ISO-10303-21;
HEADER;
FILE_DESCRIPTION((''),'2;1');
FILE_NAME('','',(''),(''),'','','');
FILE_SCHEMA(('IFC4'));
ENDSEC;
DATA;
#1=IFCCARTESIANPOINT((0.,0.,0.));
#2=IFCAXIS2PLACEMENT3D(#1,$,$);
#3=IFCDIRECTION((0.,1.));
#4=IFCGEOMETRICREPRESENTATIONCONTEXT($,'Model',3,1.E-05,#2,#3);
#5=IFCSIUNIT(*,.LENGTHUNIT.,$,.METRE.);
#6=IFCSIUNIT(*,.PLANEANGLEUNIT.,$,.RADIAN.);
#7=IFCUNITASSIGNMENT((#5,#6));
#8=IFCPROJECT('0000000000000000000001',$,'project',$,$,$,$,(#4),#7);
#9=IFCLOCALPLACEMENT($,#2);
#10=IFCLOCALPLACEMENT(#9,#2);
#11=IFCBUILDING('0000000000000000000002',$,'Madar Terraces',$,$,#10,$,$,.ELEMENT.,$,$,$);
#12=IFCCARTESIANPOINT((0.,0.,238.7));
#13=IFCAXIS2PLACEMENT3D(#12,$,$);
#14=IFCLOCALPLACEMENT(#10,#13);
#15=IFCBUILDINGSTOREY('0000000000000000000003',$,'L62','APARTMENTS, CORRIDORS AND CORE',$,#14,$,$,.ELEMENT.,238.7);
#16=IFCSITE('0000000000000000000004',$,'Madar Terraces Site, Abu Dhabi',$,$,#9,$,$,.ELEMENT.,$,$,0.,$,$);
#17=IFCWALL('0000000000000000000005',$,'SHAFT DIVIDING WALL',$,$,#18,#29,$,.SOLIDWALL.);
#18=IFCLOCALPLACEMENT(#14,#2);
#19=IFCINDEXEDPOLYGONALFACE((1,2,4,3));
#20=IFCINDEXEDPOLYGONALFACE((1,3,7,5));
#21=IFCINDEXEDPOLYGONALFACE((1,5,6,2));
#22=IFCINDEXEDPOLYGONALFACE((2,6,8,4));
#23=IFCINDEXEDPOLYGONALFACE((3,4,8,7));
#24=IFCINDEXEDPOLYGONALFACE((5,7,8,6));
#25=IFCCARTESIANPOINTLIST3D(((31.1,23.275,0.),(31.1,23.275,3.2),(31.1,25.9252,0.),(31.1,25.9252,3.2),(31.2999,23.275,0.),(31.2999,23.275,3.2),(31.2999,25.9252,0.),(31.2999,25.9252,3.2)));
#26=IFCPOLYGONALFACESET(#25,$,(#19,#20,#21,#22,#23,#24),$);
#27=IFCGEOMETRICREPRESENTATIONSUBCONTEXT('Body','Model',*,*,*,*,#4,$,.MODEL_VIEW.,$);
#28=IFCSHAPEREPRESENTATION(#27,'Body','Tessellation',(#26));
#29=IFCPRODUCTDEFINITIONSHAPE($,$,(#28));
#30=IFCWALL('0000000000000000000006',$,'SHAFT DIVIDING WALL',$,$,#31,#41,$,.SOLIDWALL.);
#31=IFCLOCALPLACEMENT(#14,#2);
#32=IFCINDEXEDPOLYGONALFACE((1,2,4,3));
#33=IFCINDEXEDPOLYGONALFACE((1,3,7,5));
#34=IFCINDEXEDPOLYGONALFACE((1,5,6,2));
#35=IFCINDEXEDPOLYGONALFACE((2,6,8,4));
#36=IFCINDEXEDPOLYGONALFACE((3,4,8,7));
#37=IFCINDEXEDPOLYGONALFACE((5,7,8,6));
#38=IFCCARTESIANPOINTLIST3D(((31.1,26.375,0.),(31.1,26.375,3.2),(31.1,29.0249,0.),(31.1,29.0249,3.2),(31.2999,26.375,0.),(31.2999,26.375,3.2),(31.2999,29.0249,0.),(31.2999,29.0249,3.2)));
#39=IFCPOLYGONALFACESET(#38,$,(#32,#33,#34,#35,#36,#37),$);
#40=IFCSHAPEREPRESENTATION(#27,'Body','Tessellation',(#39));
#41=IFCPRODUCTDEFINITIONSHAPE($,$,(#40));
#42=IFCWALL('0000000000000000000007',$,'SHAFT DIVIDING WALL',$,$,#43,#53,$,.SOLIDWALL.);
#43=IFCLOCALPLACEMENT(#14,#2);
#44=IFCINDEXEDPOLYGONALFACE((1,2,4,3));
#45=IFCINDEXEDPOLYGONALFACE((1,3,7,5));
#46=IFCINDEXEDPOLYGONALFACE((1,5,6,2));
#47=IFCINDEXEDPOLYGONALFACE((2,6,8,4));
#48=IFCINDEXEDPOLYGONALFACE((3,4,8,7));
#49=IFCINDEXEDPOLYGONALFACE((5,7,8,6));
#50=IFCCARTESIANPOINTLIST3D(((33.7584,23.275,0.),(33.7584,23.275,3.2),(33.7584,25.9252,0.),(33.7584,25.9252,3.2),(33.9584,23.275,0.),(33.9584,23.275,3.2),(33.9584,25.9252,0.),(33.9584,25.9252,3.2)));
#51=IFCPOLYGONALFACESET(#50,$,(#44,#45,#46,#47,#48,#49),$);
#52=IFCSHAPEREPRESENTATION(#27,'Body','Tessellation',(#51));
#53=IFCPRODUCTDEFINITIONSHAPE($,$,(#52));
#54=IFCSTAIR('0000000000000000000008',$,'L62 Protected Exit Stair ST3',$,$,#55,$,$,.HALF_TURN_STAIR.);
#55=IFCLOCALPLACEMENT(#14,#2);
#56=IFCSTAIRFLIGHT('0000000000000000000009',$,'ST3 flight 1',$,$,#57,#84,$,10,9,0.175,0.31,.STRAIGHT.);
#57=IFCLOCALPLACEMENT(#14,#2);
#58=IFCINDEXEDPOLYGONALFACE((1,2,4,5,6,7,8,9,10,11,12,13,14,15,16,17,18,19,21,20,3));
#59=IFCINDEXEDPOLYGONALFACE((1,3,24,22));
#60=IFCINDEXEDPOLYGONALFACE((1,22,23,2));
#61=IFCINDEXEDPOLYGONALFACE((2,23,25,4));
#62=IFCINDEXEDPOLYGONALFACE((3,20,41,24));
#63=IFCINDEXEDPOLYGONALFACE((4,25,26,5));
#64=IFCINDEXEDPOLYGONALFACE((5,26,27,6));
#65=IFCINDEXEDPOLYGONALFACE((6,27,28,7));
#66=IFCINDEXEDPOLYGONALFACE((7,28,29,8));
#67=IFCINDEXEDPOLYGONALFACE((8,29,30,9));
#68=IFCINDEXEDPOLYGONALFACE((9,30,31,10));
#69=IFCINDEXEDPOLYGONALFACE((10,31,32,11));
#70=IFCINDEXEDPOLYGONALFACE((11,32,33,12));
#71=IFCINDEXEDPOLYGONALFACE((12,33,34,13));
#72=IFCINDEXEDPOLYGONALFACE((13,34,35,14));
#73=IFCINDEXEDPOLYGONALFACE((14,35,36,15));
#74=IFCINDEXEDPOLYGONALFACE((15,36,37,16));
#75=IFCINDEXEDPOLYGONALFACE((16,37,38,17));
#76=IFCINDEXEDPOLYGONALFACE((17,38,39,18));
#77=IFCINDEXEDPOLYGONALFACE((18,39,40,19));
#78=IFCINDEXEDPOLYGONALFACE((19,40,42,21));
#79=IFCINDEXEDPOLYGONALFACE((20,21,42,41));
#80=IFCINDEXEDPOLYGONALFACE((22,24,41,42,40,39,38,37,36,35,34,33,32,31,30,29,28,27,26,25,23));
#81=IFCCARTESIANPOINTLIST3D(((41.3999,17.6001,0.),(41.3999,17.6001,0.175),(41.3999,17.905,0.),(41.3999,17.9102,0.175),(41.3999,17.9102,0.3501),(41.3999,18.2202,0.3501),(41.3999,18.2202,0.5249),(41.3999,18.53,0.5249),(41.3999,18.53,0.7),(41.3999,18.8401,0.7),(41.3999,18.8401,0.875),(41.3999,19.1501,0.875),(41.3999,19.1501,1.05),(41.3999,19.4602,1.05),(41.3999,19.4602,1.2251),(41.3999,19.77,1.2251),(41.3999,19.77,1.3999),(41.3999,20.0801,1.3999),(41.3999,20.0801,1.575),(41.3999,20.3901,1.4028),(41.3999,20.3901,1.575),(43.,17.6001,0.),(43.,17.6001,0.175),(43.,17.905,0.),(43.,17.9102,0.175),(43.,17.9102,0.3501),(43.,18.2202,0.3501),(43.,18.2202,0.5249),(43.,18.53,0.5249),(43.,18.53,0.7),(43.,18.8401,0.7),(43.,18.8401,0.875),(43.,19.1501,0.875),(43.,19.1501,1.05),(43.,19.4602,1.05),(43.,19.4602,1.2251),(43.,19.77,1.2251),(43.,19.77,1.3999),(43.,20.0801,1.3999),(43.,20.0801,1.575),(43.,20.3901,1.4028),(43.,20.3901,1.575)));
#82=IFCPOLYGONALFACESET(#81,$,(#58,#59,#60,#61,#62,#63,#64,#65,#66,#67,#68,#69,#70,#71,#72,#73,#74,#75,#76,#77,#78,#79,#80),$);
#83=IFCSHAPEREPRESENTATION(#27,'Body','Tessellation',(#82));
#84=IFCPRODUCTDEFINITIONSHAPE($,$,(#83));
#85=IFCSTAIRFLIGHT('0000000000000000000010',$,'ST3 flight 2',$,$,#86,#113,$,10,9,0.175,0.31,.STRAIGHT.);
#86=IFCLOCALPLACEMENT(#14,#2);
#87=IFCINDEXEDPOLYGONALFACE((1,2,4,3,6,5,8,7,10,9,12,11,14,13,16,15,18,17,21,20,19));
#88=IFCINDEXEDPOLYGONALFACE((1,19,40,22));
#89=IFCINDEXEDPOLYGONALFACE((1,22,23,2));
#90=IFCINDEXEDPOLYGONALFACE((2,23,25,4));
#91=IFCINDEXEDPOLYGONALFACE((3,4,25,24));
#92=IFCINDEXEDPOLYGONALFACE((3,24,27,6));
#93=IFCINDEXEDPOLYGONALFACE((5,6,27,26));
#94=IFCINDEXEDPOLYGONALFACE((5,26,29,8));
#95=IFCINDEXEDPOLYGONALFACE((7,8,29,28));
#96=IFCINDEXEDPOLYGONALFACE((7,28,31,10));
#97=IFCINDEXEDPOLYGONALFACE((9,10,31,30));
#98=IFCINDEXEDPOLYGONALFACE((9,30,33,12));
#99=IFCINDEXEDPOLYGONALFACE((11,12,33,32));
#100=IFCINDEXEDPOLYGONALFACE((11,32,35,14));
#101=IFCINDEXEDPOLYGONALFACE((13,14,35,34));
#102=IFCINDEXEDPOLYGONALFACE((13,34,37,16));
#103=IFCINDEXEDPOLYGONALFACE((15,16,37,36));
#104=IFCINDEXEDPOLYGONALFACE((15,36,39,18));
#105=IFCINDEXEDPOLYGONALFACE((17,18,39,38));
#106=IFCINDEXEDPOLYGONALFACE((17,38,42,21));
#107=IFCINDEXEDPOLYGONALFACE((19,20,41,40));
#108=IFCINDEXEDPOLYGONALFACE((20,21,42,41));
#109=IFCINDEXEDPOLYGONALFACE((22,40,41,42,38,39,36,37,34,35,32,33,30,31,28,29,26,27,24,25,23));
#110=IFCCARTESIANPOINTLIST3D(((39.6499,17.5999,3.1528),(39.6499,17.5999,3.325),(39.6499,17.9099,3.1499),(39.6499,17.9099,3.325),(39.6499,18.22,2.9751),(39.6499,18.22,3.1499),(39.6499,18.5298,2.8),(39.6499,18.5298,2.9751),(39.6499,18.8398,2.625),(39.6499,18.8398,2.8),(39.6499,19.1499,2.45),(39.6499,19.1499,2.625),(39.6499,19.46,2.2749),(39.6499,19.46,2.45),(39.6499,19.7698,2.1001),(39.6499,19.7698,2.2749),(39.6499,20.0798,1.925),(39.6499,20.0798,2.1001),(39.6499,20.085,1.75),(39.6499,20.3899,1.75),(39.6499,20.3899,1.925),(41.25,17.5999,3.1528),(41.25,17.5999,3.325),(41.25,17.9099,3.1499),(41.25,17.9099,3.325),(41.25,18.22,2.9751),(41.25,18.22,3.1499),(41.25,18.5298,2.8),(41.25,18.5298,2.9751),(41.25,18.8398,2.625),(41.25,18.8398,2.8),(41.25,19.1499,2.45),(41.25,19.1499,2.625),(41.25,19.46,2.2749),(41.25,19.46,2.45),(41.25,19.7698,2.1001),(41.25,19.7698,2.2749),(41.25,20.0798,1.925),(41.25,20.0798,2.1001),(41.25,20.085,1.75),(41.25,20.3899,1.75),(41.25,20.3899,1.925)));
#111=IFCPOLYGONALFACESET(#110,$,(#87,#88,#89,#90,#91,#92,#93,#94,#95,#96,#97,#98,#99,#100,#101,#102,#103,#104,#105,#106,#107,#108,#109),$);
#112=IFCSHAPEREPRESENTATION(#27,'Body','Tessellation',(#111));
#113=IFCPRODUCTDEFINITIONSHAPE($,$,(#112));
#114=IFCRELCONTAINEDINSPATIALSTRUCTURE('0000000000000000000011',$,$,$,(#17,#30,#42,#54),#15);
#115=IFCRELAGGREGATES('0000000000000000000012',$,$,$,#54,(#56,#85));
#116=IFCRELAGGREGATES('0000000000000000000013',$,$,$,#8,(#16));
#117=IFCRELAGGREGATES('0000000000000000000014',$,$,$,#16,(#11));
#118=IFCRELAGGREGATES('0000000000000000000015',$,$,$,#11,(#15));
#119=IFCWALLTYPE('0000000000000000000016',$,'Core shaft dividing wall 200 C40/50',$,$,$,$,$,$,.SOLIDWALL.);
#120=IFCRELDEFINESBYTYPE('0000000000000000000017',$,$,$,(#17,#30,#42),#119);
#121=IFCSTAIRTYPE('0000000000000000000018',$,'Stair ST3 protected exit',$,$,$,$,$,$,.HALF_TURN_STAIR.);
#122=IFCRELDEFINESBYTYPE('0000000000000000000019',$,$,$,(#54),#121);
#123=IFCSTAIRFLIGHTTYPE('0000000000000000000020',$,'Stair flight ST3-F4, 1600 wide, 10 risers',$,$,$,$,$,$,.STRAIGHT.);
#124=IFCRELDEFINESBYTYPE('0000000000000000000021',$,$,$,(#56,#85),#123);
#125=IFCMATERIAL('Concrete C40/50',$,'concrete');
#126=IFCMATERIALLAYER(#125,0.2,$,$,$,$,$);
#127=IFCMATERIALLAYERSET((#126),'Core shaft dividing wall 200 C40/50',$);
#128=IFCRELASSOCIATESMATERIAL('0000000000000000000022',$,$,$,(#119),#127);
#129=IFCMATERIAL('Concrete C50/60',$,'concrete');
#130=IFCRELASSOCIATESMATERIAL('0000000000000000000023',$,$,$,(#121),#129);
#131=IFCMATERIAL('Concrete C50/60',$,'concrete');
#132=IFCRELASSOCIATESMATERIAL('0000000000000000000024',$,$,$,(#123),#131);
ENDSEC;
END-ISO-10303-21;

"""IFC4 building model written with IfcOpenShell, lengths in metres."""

from ifc_helpers import new_model, si_unit, direction, frame, frame_2d, origin, place, context, subcontext, project, spatial, polyline, rectangle, outline, extrude, material, layer, layer_set, type_object, element, aggregate, save


model = new_model("IFC4")

# Units and contexts
model_context = context("Model", 3, precision=1e-05, world=origin(), true_north=direction((0.0, 1.0)))
body_context = subcontext(model_context, "Body", "Model", "MODEL_VIEW")
ifc_project = project(units=[si_unit("LENGTHUNIT", "METRE"), si_unit("PLANEANGLEUNIT", "RADIAN")], contexts=[model_context])

# Site, building, storey
site_placement = place(None, origin())
site = spatial("IfcSite", under=ifc_project, at=site_placement, Name="Madar Terraces Site, Abu Dhabi", CompositionType="ELEMENT", RefElevation=0.0)
building_placement = place(site_placement, origin())
building = spatial("IfcBuilding", under=site, at=building_placement, Name="Madar Terraces", CompositionType="ELEMENT")
storey_placement = place(building_placement, frame((0.0, 0.0, 238.7)))
storey = spatial("IfcBuildingStorey", under=building, at=storey_placement, Name="L62", Description="APARTMENTS, CORRIDORS AND CORE", CompositionType="ELEMENT", Elevation=238.7)

# Walls
ifc_material_1 = material(Name="Concrete C40/50", Category="concrete")
ifc_layer_1 = layer(ifc_material_1, 0.2)
ifc_layer_set_1 = layer_set([ifc_layer_1], Name="Core shaft dividing wall 200 C40/50")
wall_type_1 = type_object("IfcWallType", Name="Core shaft dividing wall 200 C40/50", PredefinedType="SOLIDWALL", material=ifc_layer_set_1)
wall_1_placement = place(storey_placement, frame((31.2, 23.2749, 0.0), z_axis=(0.0, 0.0, 1.0), x_axis=(0.0, 1.0, 0.0)))
element("IfcWall", 1, at=wall_1_placement, inside=storey, type_object=wall_type_1, Name="SHAFT DIVIDING WALL", PredefinedType="SOLIDWALL", context=body_context, shape_type="SweptSolid", body=[
    extrude(rectangle(XDim=2.6501, YDim=0.2, at=frame_2d((1.3252, 0.0))), origin(), (0.0, 0.0, 1.0), 3.2),
])
wall_2_placement = place(storey_placement, frame((31.2, 26.375, 0.0), z_axis=(0.0, 0.0, 1.0), x_axis=(0.0, 1.0, 0.0)))
element("IfcWall", 2, at=wall_2_placement, inside=storey, type_object=wall_type_1, Name="SHAFT DIVIDING WALL", PredefinedType="SOLIDWALL", context=body_context, shape_type="SweptSolid", body=[
    extrude(rectangle(XDim=2.6499, YDim=0.2, at=frame_2d((1.325, 0.0))), origin(), (0.0, 0.0, 1.0), 3.2),
])
wall_3_placement = place(storey_placement, frame((33.8584, 23.2749, 0.0), z_axis=(0.0, 0.0, 1.0), x_axis=(0.0, 1.0, 0.0)))
element("IfcWall", 3, at=wall_3_placement, inside=storey, type_object=wall_type_1, Name="SHAFT DIVIDING WALL", PredefinedType="SOLIDWALL", context=body_context, shape_type="SweptSolid", body=[
    extrude(rectangle(XDim=2.6501, YDim=0.2, at=frame_2d((1.3252, 0.0))), origin(), (0.0, 0.0, 1.0), 3.2),
])

# Stair, stair flights
ifc_material_2 = material(Name="Concrete C50/60", Category="concrete")
stair_type = type_object("IfcStairType", Name="Stair ST3 protected exit", PredefinedType="HALF_TURN_STAIR", material=ifc_material_2)
stair_placement = place(storey_placement, origin())
stair = element("IfcStair", 4, at=stair_placement, inside=storey, type_object=stair_type, Name="L62 Protected Exit Stair ST3", PredefinedType="HALF_TURN_STAIR")
ifc_material_3 = material(Name="Concrete C50/60", Category="concrete")
stair_flight_type = type_object("IfcStairFlightType", Name="Stair flight ST3-F4, 1600 wide, 10 risers", PredefinedType="STRAIGHT", material=ifc_material_3)
stair_flight_1_placement = place(storey_placement, frame((42.2, 17.6001, 0.0), z_axis=(0.0, 0.0, 1.0), x_axis=(0.0, 1.0, 0.0)))
stair_flight_1 = element("IfcStairFlight", 5, at=stair_flight_1_placement, type_object=stair_flight_type, Name="ST3 flight 1", NumberOfRisers=10, NumberOfTreads=9, PredefinedType="STRAIGHT", RiserHeight=0.175, TreadLength=0.31, context=body_context, shape_type="SweptSolid", body=[
    extrude(outline(polyline([(0.0, 0.0), (0.0, 0.175), (0.3101, 0.175), (0.3101, 0.3501), (0.6201, 0.3501), (0.6201, 0.5249), (0.9299, 0.5249), (0.9299, 0.7), (1.24, 0.7), (1.24, 0.875), (1.55, 0.875), (1.55, 1.05), (1.8601, 1.05), (1.8601, 1.2251), (2.1699, 1.2251), (2.1699, 1.3999), (2.48, 1.3999), (2.48, 1.575), (2.79, 1.575), (2.79, 1.75), (2.79, 1.4028), (0.3049, 0.0), (0.0, 0.0)])), frame((0.0, 0.8, 0.0), z_axis=(0.0, -1.0, 0.0), x_axis=(1.0, 0.0, 0.0)), (0.0, 0.0, 1.0), 1.6001),
])
stair_flight_2_placement = place(storey_placement, frame((40.45, 20.3899, 1.75), z_axis=(0.0, 0.0, 1.0), x_axis=(0.0, -1.0, 0.0)))
stair_flight_2 = element("IfcStairFlight", 6, at=stair_flight_2_placement, type_object=stair_flight_type, Name="ST3 flight 2", NumberOfRisers=10, NumberOfTreads=9, PredefinedType="STRAIGHT", RiserHeight=0.175, TreadLength=0.31, context=body_context, shape_type="SweptSolid", body=[
    extrude(outline(polyline([(0.0, 0.0), (0.0, 0.175), (0.3101, 0.175), (0.3101, 0.3501), (0.6201, 0.3501), (0.6201, 0.5249), (0.9299, 0.5249), (0.9299, 0.7), (1.24, 0.7), (1.24, 0.875), (1.55, 0.875), (1.55, 1.05), (1.8601, 1.05), (1.8601, 1.2251), (2.1699, 1.2251), (2.1699, 1.3999), (2.48, 1.3999), (2.48, 1.575), (2.79, 1.575), (2.79, 1.75), (2.79, 1.4028), (0.3049, 0.0), (0.0, 0.0)])), frame((0.0, 0.8, 0.0), z_axis=(0.0, -1.0, 0.0), x_axis=(1.0, 0.0, 0.0)), (0.0, 0.0, 1.0), 1.6001),
])
aggregate(stair, [stair_flight_1, stair_flight_2])

save(model, "model.ifc")
